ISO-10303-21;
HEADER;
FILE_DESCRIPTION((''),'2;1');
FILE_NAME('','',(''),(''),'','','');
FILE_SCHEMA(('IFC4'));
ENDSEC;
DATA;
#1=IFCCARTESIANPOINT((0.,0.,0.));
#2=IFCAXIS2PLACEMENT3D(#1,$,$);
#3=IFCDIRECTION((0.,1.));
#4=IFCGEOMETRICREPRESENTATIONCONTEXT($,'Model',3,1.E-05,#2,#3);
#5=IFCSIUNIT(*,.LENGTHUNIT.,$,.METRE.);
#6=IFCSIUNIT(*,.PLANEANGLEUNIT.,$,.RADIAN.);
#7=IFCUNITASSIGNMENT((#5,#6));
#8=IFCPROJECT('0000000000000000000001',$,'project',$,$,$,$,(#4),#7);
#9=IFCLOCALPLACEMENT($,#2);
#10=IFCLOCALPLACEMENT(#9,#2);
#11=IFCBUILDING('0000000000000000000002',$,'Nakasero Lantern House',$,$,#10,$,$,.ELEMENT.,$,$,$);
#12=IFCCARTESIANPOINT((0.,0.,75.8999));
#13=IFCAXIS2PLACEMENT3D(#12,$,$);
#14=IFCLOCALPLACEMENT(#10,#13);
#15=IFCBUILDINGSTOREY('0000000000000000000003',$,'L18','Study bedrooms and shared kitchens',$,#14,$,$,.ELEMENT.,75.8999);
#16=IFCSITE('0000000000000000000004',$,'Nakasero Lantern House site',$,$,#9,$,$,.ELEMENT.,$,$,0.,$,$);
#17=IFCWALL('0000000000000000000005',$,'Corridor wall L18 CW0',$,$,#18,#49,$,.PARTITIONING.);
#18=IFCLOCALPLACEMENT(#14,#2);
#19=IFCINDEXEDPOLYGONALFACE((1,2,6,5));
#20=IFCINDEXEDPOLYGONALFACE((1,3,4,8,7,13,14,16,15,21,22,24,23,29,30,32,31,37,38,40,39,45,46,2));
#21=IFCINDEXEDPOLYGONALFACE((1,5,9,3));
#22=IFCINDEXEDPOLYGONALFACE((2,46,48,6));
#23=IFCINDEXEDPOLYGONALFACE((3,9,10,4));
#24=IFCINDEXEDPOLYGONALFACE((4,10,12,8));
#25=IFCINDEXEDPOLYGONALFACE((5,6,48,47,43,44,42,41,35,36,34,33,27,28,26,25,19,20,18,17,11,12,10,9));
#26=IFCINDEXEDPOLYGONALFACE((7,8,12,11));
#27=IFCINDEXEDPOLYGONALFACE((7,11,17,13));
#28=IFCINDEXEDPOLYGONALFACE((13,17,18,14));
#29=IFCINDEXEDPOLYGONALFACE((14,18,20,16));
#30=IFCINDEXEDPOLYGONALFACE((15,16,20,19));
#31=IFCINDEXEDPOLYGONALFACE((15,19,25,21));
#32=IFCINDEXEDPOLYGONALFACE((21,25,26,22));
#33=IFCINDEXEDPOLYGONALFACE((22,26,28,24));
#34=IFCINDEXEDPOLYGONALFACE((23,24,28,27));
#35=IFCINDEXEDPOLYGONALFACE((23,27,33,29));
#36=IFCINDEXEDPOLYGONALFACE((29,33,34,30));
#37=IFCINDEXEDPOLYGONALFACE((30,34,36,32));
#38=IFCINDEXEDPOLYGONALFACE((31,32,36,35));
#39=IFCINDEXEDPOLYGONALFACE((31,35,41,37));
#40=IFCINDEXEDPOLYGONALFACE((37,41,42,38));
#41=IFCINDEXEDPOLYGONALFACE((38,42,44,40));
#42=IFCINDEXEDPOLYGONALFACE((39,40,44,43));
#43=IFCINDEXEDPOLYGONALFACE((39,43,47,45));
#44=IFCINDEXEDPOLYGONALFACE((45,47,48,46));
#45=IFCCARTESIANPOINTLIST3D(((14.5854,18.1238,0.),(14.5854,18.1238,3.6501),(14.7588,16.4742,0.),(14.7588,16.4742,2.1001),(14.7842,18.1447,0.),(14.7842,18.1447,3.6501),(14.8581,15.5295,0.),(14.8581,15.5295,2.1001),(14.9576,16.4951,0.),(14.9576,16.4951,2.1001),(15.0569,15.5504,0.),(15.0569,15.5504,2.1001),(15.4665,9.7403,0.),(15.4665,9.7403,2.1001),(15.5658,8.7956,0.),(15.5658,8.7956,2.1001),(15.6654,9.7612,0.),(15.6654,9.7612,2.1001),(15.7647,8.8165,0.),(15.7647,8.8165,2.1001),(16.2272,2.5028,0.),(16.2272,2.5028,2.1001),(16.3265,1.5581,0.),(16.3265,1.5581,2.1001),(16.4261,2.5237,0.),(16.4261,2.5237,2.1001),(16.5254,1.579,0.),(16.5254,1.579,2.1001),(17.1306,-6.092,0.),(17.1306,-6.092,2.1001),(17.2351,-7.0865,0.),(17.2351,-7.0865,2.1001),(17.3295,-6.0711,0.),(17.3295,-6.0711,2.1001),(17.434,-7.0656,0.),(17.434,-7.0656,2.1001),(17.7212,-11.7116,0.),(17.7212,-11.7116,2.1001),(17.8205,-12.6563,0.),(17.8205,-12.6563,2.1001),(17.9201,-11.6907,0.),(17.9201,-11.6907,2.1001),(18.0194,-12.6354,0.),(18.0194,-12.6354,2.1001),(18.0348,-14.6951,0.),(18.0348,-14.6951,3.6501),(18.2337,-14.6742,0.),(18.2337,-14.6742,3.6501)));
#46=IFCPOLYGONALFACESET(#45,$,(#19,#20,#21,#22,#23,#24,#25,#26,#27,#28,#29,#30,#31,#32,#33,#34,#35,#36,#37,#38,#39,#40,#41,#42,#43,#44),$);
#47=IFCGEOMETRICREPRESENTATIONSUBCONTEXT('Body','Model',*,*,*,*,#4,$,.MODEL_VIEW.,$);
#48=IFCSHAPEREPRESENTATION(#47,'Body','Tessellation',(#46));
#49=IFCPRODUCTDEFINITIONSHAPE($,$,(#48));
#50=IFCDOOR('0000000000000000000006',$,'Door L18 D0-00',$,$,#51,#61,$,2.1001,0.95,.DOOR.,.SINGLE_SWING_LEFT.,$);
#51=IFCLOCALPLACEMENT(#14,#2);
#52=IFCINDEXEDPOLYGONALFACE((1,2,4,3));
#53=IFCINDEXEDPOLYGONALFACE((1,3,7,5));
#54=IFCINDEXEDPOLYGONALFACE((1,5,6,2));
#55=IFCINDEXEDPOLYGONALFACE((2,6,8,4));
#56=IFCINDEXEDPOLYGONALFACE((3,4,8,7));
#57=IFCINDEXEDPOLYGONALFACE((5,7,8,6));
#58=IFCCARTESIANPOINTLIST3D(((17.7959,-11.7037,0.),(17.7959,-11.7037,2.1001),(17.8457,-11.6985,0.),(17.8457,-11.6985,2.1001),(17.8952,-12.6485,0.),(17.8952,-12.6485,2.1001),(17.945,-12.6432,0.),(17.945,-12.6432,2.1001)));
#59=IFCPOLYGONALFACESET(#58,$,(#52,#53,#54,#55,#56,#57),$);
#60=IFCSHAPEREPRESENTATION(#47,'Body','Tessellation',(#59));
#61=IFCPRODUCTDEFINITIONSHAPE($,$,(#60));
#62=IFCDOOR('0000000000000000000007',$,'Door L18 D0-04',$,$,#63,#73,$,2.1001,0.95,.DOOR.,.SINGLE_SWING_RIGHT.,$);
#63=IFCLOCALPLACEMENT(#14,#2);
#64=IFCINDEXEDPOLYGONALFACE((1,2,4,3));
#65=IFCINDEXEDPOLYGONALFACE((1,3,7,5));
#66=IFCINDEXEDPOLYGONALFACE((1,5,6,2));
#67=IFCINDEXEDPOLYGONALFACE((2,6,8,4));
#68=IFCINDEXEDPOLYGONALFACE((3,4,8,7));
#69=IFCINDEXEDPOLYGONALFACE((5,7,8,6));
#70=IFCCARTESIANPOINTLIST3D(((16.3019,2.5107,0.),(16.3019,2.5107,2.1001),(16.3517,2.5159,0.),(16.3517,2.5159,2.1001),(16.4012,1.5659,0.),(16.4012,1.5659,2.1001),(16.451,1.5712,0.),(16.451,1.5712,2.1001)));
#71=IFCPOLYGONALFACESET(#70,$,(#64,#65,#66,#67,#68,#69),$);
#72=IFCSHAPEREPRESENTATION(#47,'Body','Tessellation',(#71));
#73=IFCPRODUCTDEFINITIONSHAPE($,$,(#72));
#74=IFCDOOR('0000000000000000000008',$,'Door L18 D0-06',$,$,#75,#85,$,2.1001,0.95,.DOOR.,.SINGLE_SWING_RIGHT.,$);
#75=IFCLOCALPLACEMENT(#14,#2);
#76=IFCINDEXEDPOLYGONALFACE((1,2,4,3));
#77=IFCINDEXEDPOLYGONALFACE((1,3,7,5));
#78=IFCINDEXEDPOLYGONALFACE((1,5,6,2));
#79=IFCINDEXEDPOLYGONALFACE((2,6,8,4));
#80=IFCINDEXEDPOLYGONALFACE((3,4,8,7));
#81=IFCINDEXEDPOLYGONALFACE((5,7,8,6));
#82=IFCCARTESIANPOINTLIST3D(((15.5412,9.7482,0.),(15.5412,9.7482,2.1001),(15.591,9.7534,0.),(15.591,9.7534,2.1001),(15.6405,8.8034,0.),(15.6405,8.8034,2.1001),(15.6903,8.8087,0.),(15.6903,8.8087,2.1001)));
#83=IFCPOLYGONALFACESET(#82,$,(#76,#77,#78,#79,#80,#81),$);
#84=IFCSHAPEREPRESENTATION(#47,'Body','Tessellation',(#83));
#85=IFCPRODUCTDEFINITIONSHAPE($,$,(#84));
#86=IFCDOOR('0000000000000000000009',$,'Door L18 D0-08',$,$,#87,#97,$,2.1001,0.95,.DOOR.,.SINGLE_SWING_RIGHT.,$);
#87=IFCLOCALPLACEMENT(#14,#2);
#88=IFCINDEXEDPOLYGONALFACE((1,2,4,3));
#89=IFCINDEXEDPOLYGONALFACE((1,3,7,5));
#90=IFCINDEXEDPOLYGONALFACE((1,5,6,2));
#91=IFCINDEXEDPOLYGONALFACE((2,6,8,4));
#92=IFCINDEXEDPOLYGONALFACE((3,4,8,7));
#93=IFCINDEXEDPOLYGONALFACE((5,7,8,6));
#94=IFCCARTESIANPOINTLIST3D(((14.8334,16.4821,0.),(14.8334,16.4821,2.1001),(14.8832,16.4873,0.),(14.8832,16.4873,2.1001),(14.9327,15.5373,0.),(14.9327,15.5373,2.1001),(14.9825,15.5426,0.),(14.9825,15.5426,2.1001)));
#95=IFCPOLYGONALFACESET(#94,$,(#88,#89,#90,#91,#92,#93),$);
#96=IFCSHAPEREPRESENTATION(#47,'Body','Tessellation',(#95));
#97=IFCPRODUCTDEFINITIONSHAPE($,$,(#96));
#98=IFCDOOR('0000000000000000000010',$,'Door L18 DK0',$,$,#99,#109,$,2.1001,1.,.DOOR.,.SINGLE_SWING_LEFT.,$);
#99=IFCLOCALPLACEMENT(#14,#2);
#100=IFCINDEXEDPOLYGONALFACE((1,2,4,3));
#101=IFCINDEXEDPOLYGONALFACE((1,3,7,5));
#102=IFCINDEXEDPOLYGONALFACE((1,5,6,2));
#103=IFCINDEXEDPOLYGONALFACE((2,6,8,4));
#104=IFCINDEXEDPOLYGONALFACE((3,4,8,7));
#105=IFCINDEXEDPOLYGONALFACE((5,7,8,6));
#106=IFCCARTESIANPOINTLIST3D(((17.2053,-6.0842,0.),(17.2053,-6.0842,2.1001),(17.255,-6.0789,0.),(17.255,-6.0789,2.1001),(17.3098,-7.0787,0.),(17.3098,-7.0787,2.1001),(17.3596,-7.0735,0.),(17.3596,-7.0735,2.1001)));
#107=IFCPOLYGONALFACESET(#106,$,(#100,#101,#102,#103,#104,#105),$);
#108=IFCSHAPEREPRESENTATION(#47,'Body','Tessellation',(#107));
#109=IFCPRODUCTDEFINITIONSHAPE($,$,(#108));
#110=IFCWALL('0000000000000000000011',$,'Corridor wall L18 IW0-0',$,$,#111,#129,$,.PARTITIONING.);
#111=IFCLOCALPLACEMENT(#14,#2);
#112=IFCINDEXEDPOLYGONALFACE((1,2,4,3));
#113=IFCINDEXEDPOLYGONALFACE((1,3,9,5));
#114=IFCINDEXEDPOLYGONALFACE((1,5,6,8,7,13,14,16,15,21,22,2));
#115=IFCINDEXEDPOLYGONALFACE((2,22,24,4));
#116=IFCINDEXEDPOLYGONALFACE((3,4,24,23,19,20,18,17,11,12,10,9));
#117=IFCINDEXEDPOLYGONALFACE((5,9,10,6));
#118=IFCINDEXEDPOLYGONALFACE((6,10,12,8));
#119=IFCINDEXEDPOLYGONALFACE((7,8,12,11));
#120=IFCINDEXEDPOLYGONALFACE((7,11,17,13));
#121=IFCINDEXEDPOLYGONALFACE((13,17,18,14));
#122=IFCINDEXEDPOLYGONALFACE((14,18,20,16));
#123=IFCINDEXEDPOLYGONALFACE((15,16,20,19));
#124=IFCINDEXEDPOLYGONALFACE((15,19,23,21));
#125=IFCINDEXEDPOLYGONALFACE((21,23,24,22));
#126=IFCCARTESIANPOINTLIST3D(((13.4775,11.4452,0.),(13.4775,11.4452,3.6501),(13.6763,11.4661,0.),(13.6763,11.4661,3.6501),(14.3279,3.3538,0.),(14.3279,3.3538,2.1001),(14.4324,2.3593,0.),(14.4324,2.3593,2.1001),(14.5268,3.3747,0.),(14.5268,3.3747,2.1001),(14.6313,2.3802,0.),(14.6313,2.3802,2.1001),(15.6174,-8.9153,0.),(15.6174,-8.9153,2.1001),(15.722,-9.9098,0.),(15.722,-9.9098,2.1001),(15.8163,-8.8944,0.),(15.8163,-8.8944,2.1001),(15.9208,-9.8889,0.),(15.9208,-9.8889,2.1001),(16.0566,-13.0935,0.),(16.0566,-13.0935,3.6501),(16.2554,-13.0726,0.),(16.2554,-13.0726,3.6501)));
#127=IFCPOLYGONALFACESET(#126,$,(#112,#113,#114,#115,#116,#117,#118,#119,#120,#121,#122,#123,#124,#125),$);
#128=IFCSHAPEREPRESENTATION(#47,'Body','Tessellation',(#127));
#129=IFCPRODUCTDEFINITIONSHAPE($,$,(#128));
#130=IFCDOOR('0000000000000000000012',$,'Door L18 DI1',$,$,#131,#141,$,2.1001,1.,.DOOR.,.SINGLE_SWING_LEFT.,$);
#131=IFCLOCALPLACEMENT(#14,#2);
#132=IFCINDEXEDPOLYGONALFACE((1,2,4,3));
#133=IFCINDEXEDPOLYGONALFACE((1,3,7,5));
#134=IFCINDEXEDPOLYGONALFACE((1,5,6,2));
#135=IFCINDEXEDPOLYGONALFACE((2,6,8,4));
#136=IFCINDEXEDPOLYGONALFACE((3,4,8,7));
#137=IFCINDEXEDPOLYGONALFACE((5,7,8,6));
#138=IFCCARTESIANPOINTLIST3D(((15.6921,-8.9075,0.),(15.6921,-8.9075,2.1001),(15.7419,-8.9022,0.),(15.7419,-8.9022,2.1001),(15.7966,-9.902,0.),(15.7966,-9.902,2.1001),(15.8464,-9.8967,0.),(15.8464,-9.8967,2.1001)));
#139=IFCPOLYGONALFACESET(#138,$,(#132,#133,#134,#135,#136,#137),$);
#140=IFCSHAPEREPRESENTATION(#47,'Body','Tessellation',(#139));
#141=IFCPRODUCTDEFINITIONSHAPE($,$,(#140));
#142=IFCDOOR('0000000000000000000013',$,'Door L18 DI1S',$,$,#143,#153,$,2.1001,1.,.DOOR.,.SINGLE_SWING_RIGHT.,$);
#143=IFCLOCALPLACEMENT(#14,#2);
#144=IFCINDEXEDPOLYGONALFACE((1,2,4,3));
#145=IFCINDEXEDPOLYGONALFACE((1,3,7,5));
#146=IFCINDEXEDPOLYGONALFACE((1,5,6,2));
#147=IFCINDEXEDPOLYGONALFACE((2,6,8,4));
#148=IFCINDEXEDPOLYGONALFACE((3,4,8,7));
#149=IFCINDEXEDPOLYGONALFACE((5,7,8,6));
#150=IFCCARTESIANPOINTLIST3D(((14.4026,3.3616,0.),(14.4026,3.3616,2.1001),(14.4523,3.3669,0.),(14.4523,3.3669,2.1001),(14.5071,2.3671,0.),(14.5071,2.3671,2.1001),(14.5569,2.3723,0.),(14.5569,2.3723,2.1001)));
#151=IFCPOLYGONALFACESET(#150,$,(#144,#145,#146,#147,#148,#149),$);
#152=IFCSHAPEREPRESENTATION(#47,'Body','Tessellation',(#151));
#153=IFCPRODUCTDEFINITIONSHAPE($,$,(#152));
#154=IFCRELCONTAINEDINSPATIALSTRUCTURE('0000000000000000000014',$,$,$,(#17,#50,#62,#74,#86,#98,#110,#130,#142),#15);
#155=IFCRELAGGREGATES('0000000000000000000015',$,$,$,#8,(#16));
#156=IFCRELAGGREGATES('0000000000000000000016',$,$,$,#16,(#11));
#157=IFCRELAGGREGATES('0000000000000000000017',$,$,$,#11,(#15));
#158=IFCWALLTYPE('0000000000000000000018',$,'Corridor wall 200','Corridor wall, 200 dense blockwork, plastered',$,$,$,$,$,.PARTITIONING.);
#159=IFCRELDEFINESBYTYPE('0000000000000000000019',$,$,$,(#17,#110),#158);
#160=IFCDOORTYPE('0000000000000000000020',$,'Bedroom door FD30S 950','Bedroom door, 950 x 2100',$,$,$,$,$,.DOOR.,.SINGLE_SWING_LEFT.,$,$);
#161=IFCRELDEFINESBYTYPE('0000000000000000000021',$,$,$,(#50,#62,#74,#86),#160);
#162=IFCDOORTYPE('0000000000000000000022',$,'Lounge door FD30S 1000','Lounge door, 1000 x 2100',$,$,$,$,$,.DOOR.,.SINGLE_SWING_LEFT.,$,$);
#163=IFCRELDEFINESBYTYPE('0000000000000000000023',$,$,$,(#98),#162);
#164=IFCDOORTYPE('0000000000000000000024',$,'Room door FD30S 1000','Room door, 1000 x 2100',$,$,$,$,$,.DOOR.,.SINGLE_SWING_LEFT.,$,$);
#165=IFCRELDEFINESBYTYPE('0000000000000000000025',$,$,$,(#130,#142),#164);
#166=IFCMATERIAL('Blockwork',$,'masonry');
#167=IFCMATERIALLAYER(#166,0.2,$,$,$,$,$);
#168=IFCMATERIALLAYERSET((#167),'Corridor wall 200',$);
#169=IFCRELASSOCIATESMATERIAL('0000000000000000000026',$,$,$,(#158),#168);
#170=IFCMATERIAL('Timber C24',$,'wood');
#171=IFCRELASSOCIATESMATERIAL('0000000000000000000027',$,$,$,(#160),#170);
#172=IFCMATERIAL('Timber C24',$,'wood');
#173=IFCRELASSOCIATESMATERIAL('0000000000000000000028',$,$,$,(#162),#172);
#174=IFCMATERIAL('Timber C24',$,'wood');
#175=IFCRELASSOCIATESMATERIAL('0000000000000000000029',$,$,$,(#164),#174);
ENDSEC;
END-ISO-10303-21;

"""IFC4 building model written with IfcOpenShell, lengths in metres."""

from ifc_helpers import new_model, si_unit, direction, frame, frame_2d, origin, place, context, subcontext, project, spatial, rectangle, extrude, material, layer, layer_set, type_object, element, fill, save


model = new_model("IFC4")

# Units and contexts
model_context = context("Model", 3, precision=1e-05, world=origin(), true_north=direction((0.0, 1.0)))
body_context = subcontext(model_context, "Body", "Model", "MODEL_VIEW")
ifc_project = project(units=[si_unit("LENGTHUNIT", "METRE"), si_unit("PLANEANGLEUNIT", "RADIAN")], contexts=[model_context])

# Site, building, storey
site_placement = place(None, origin())
site = spatial("IfcSite", under=ifc_project, at=site_placement, Name="Nakasero Lantern House site", CompositionType="ELEMENT", RefElevation=0.0)
building_placement = place(site_placement, origin())
building = spatial("IfcBuilding", under=site, at=building_placement, Name="Nakasero Lantern House", CompositionType="ELEMENT")
storey_placement = place(building_placement, frame((0.0, 0.0, 75.8999)))
storey = spatial("IfcBuildingStorey", under=building, at=storey_placement, Name="L18", Description="Study bedrooms and shared kitchens", CompositionType="ELEMENT", Elevation=75.8999)

# Walls, openings, doors
ifc_material_1 = material(Name="Blockwork", Category="masonry")
ifc_layer_1 = layer(ifc_material_1, 0.2)
ifc_layer_set_1 = layer_set([ifc_layer_1], Name="Corridor wall 200")
wall_type_1 = type_object("IfcWallType", Name="Corridor wall 200", Description="Corridor wall, 200 dense blockwork, plastered", PredefinedType="PARTITIONING", material=ifc_layer_set_1)
wall_1_placement = place(storey_placement, frame((18.1343, -14.6848, 0.0), z_axis=(0.0, 0.0, 1.0), x_axis=(-0.10453, 0.994522, 0.0)))
wall_1 = element("IfcWall", 1, at=wall_1_placement, inside=storey, type_object=wall_type_1, Name="Corridor wall L18 CW0", PredefinedType="PARTITIONING", context=body_context, shape_type="SweptSolid", body=[
    extrude(rectangle(XDim=32.9998, YDim=0.2, at=frame_2d((16.5, 0.0))), origin(), (0.0, 0.0, 1.0), 3.6501),
])
opening_1_placement = place(wall_1_placement, frame((2.05, 0.0, 0.0)))
opening_1 = element("IfcOpeningElement", 2, at=opening_1_placement, cuts=wall_1, PredefinedType="OPENING", context=body_context, shape_type="SweptSolid", body=[
    extrude(rectangle(XDim=0.95, YDim=2.1001, at=frame_2d((0.4751, 1.05))), frame((0.0, 0.1199, 0.0), z_axis=(0.0, -1.0, 0.0), x_axis=(1.0, 0.0, 0.0)), (0.0, 0.0, 1.0), 0.24),
])
opening_2_placement = place(wall_1_placement, frame((16.3428, 0.0, 0.0)))
opening_2 = element("IfcOpeningElement", 3, at=opening_2_placement, cuts=wall_1, PredefinedType="OPENING", context=body_context, shape_type="SweptSolid", body=[
    extrude(rectangle(XDim=0.95, YDim=2.1001, at=frame_2d((0.4751, 1.05))), frame((0.0, 0.1199, 0.0), z_axis=(0.0, -1.0, 0.0), x_axis=(1.0, 0.0, 0.0)), (0.0, 0.0, 1.0), 0.24),
])
opening_3_placement = place(wall_1_placement, frame((23.6201, 0.0, 0.0)))
opening_3 = element("IfcOpeningElement", 4, at=opening_3_placement, cuts=wall_1, PredefinedType="OPENING", context=body_context, shape_type="SweptSolid", body=[
    extrude(rectangle(XDim=0.95, YDim=2.1001, at=frame_2d((0.4751, 1.05))), frame((0.0, 0.1199, 0.0), z_axis=(0.0, -1.0, 0.0), x_axis=(1.0, 0.0, 0.0)), (0.0, 0.0, 1.0), 0.24),
])
opening_4_placement = place(wall_1_placement, frame((30.3911, 0.0, 0.0)))
opening_4 = element("IfcOpeningElement", 5, at=opening_4_placement, cuts=wall_1, PredefinedType="OPENING", context=body_context, shape_type="SweptSolid", body=[
    extrude(rectangle(XDim=0.95, YDim=2.1001, at=frame_2d((0.4751, 1.05))), frame((0.0, 0.1199, 0.0), z_axis=(0.0, -1.0, 0.0), x_axis=(1.0, 0.0, 0.0)), (0.0, 0.0, 1.0), 0.24),
])
opening_5_placement = place(wall_1_placement, frame((7.6506, 0.0, 0.0)))
opening_5 = element("IfcOpeningElement", 6, at=opening_5_placement, cuts=wall_1, PredefinedType="OPENING", context=body_context, shape_type="SweptSolid", body=[
    extrude(rectangle(XDim=1.0, YDim=2.1001, at=frame_2d((0.5, 1.05))), frame((0.0, 0.1199, 0.0), z_axis=(0.0, -1.0, 0.0), x_axis=(1.0, 0.0, 0.0)), (0.0, 0.0, 1.0), 0.24),
])
ifc_material_2 = material(Name="Timber C24", Category="wood")
door_type_1 = type_object("IfcDoorType", Name="Bedroom door FD30S 950", Description="Bedroom door, 950 x 2100", OperationType="SINGLE_SWING_LEFT", PredefinedType="DOOR", material=ifc_material_2)
door_1_placement = place(opening_1_placement, origin())
door_1 = element("IfcDoor", 7, at=door_1_placement, inside=storey, type_object=door_type_1, Name="Door L18 D0-00", OperationType="SINGLE_SWING_LEFT", OverallHeight=2.1001, OverallWidth=0.95, PredefinedType="DOOR", context=body_context, shape_type="SweptSolid", body=[
    extrude(rectangle(XDim=0.95, YDim=2.1001, at=frame_2d((0.4751, 1.05))), frame((0.0, 0.0249, 0.0), z_axis=(0.0, -1.0, 0.0), x_axis=(1.0, 0.0, 0.0)), (0.0, 0.0, 1.0), 0.05),
])
fill(opening_1, door_1)
door_2_placement = place(opening_2_placement, origin())
door_2 = element("IfcDoor", 8, at=door_2_placement, inside=storey, type_object=door_type_1, Name="Door L18 D0-04", OperationType="SINGLE_SWING_RIGHT", OverallHeight=2.1001, OverallWidth=0.95, PredefinedType="DOOR", context=body_context, shape_type="SweptSolid", body=[
    extrude(rectangle(XDim=0.95, YDim=2.1001, at=frame_2d((0.4751, 1.05))), frame((0.0, 0.0249, 0.0), z_axis=(0.0, -1.0, 0.0), x_axis=(1.0, 0.0, 0.0)), (0.0, 0.0, 1.0), 0.05),
])
fill(opening_2, door_2)
door_3_placement = place(opening_3_placement, origin())
door_3 = element("IfcDoor", 9, at=door_3_placement, inside=storey, type_object=door_type_1, Name="Door L18 D0-06", OperationType="SINGLE_SWING_RIGHT", OverallHeight=2.1001, OverallWidth=0.95, PredefinedType="DOOR", context=body_context, shape_type="SweptSolid", body=[
    extrude(rectangle(XDim=0.95, YDim=2.1001, at=frame_2d((0.4751, 1.05))), frame((0.0, 0.0249, 0.0), z_axis=(0.0, -1.0, 0.0), x_axis=(1.0, 0.0, 0.0)), (0.0, 0.0, 1.0), 0.05),
])
fill(opening_3, door_3)
door_4_placement = place(opening_4_placement, origin())
door_4 = element("IfcDoor", 10, at=door_4_placement, inside=storey, type_object=door_type_1, Name="Door L18 D0-08", OperationType="SINGLE_SWING_RIGHT", OverallHeight=2.1001, OverallWidth=0.95, PredefinedType="DOOR", context=body_context, shape_type="SweptSolid", body=[
    extrude(rectangle(XDim=0.95, YDim=2.1001, at=frame_2d((0.4751, 1.05))), frame((0.0, 0.0249, 0.0), z_axis=(0.0, -1.0, 0.0), x_axis=(1.0, 0.0, 0.0)), (0.0, 0.0, 1.0), 0.05),
])
fill(opening_4, door_4)
ifc_material_3 = material(Name="Timber C24", Category="wood")
door_type_2 = type_object("IfcDoorType", Name="Lounge door FD30S 1000", Description="Lounge door, 1000 x 2100", OperationType="SINGLE_SWING_LEFT", PredefinedType="DOOR", material=ifc_material_3)
door_5_placement = place(opening_5_placement, origin())
door_5 = element("IfcDoor", 11, at=door_5_placement, inside=storey, type_object=door_type_2, Name="Door L18 DK0", OperationType="SINGLE_SWING_LEFT", OverallHeight=2.1001, OverallWidth=1.0, PredefinedType="DOOR", context=body_context, shape_type="SweptSolid", body=[
    extrude(rectangle(XDim=1.0, YDim=2.1001, at=frame_2d((0.5, 1.05))), frame((0.0, 0.0249, 0.0), z_axis=(0.0, -1.0, 0.0), x_axis=(1.0, 0.0, 0.0)), (0.0, 0.0, 1.0), 0.05),
])
fill(opening_5, door_5)
wall_2_placement = place(storey_placement, frame((16.156, -13.083, 0.0), z_axis=(0.0, 0.0, 1.0), x_axis=(-0.104528, 0.994522, 0.0)))
wall_2 = element("IfcWall", 12, at=wall_2_placement, inside=storey, type_object=wall_type_1, Name="Corridor wall L18 IW0-0", PredefinedType="PARTITIONING", context=body_context, shape_type="SweptSolid", body=[
    extrude(rectangle(XDim=24.6738, YDim=0.2, at=frame_2d((12.3369, 0.0))), origin(), (0.0, 0.0, 1.0), 3.6501),
])
opening_6_placement = place(wall_2_placement, frame((3.2012, 0.0, 0.0)))
opening_6 = element("IfcOpeningElement", 13, at=opening_6_placement, cuts=wall_2, PredefinedType="OPENING", context=body_context, shape_type="SweptSolid", body=[
    extrude(rectangle(XDim=1.0, YDim=2.1001, at=frame_2d((0.5, 1.05))), frame((0.0, 0.1199, 0.0), z_axis=(0.0, -1.0, 0.0), x_axis=(1.0, 0.0, 0.0)), (0.0, 0.0, 1.0), 0.24),
])
opening_7_placement = place(wall_2_placement, frame((15.5378, 0.0, 0.0)))
opening_7 = element("IfcOpeningElement", 14, at=opening_7_placement, cuts=wall_2, PredefinedType="OPENING", context=body_context, shape_type="SweptSolid", body=[
    extrude(rectangle(XDim=1.0, YDim=2.1001, at=frame_2d((0.5, 1.05))), frame((0.0, 0.1199, 0.0), z_axis=(0.0, -1.0, 0.0), x_axis=(1.0, 0.0, 0.0)), (0.0, 0.0, 1.0), 0.24),
])
ifc_material_4 = material(Name="Timber C24", Category="wood")
door_type_3 = type_object("IfcDoorType", Name="Room door FD30S 1000", Description="Room door, 1000 x 2100", OperationType="SINGLE_SWING_LEFT", PredefinedType="DOOR", material=ifc_material_4)
door_6_placement = place(opening_6_placement, origin())
door_6 = element("IfcDoor", 15, at=door_6_placement, inside=storey, type_object=door_type_3, Name="Door L18 DI1", OperationType="SINGLE_SWING_LEFT", OverallHeight=2.1001, OverallWidth=1.0, PredefinedType="DOOR", context=body_context, shape_type="SweptSolid", body=[
    extrude(rectangle(XDim=1.0, YDim=2.1001, at=frame_2d((0.5, 1.05))), frame((0.0, 0.0249, 0.0), z_axis=(0.0, -1.0, 0.0), x_axis=(1.0, 0.0, 0.0)), (0.0, 0.0, 1.0), 0.05),
])
fill(opening_6, door_6)
door_7_placement = place(opening_7_placement, origin())
door_7 = element("IfcDoor", 16, at=door_7_placement, inside=storey, type_object=door_type_3, Name="Door L18 DI1S", OperationType="SINGLE_SWING_RIGHT", OverallHeight=2.1001, OverallWidth=1.0, PredefinedType="DOOR", context=body_context, shape_type="SweptSolid", body=[
    extrude(rectangle(XDim=1.0, YDim=2.1001, at=frame_2d((0.5, 1.05))), frame((0.0, 0.0249, 0.0), z_axis=(0.0, -1.0, 0.0), x_axis=(1.0, 0.0, 0.0)), (0.0, 0.0, 1.0), 0.05),
])
fill(opening_7, door_7)

save(model, "model.ifc")
